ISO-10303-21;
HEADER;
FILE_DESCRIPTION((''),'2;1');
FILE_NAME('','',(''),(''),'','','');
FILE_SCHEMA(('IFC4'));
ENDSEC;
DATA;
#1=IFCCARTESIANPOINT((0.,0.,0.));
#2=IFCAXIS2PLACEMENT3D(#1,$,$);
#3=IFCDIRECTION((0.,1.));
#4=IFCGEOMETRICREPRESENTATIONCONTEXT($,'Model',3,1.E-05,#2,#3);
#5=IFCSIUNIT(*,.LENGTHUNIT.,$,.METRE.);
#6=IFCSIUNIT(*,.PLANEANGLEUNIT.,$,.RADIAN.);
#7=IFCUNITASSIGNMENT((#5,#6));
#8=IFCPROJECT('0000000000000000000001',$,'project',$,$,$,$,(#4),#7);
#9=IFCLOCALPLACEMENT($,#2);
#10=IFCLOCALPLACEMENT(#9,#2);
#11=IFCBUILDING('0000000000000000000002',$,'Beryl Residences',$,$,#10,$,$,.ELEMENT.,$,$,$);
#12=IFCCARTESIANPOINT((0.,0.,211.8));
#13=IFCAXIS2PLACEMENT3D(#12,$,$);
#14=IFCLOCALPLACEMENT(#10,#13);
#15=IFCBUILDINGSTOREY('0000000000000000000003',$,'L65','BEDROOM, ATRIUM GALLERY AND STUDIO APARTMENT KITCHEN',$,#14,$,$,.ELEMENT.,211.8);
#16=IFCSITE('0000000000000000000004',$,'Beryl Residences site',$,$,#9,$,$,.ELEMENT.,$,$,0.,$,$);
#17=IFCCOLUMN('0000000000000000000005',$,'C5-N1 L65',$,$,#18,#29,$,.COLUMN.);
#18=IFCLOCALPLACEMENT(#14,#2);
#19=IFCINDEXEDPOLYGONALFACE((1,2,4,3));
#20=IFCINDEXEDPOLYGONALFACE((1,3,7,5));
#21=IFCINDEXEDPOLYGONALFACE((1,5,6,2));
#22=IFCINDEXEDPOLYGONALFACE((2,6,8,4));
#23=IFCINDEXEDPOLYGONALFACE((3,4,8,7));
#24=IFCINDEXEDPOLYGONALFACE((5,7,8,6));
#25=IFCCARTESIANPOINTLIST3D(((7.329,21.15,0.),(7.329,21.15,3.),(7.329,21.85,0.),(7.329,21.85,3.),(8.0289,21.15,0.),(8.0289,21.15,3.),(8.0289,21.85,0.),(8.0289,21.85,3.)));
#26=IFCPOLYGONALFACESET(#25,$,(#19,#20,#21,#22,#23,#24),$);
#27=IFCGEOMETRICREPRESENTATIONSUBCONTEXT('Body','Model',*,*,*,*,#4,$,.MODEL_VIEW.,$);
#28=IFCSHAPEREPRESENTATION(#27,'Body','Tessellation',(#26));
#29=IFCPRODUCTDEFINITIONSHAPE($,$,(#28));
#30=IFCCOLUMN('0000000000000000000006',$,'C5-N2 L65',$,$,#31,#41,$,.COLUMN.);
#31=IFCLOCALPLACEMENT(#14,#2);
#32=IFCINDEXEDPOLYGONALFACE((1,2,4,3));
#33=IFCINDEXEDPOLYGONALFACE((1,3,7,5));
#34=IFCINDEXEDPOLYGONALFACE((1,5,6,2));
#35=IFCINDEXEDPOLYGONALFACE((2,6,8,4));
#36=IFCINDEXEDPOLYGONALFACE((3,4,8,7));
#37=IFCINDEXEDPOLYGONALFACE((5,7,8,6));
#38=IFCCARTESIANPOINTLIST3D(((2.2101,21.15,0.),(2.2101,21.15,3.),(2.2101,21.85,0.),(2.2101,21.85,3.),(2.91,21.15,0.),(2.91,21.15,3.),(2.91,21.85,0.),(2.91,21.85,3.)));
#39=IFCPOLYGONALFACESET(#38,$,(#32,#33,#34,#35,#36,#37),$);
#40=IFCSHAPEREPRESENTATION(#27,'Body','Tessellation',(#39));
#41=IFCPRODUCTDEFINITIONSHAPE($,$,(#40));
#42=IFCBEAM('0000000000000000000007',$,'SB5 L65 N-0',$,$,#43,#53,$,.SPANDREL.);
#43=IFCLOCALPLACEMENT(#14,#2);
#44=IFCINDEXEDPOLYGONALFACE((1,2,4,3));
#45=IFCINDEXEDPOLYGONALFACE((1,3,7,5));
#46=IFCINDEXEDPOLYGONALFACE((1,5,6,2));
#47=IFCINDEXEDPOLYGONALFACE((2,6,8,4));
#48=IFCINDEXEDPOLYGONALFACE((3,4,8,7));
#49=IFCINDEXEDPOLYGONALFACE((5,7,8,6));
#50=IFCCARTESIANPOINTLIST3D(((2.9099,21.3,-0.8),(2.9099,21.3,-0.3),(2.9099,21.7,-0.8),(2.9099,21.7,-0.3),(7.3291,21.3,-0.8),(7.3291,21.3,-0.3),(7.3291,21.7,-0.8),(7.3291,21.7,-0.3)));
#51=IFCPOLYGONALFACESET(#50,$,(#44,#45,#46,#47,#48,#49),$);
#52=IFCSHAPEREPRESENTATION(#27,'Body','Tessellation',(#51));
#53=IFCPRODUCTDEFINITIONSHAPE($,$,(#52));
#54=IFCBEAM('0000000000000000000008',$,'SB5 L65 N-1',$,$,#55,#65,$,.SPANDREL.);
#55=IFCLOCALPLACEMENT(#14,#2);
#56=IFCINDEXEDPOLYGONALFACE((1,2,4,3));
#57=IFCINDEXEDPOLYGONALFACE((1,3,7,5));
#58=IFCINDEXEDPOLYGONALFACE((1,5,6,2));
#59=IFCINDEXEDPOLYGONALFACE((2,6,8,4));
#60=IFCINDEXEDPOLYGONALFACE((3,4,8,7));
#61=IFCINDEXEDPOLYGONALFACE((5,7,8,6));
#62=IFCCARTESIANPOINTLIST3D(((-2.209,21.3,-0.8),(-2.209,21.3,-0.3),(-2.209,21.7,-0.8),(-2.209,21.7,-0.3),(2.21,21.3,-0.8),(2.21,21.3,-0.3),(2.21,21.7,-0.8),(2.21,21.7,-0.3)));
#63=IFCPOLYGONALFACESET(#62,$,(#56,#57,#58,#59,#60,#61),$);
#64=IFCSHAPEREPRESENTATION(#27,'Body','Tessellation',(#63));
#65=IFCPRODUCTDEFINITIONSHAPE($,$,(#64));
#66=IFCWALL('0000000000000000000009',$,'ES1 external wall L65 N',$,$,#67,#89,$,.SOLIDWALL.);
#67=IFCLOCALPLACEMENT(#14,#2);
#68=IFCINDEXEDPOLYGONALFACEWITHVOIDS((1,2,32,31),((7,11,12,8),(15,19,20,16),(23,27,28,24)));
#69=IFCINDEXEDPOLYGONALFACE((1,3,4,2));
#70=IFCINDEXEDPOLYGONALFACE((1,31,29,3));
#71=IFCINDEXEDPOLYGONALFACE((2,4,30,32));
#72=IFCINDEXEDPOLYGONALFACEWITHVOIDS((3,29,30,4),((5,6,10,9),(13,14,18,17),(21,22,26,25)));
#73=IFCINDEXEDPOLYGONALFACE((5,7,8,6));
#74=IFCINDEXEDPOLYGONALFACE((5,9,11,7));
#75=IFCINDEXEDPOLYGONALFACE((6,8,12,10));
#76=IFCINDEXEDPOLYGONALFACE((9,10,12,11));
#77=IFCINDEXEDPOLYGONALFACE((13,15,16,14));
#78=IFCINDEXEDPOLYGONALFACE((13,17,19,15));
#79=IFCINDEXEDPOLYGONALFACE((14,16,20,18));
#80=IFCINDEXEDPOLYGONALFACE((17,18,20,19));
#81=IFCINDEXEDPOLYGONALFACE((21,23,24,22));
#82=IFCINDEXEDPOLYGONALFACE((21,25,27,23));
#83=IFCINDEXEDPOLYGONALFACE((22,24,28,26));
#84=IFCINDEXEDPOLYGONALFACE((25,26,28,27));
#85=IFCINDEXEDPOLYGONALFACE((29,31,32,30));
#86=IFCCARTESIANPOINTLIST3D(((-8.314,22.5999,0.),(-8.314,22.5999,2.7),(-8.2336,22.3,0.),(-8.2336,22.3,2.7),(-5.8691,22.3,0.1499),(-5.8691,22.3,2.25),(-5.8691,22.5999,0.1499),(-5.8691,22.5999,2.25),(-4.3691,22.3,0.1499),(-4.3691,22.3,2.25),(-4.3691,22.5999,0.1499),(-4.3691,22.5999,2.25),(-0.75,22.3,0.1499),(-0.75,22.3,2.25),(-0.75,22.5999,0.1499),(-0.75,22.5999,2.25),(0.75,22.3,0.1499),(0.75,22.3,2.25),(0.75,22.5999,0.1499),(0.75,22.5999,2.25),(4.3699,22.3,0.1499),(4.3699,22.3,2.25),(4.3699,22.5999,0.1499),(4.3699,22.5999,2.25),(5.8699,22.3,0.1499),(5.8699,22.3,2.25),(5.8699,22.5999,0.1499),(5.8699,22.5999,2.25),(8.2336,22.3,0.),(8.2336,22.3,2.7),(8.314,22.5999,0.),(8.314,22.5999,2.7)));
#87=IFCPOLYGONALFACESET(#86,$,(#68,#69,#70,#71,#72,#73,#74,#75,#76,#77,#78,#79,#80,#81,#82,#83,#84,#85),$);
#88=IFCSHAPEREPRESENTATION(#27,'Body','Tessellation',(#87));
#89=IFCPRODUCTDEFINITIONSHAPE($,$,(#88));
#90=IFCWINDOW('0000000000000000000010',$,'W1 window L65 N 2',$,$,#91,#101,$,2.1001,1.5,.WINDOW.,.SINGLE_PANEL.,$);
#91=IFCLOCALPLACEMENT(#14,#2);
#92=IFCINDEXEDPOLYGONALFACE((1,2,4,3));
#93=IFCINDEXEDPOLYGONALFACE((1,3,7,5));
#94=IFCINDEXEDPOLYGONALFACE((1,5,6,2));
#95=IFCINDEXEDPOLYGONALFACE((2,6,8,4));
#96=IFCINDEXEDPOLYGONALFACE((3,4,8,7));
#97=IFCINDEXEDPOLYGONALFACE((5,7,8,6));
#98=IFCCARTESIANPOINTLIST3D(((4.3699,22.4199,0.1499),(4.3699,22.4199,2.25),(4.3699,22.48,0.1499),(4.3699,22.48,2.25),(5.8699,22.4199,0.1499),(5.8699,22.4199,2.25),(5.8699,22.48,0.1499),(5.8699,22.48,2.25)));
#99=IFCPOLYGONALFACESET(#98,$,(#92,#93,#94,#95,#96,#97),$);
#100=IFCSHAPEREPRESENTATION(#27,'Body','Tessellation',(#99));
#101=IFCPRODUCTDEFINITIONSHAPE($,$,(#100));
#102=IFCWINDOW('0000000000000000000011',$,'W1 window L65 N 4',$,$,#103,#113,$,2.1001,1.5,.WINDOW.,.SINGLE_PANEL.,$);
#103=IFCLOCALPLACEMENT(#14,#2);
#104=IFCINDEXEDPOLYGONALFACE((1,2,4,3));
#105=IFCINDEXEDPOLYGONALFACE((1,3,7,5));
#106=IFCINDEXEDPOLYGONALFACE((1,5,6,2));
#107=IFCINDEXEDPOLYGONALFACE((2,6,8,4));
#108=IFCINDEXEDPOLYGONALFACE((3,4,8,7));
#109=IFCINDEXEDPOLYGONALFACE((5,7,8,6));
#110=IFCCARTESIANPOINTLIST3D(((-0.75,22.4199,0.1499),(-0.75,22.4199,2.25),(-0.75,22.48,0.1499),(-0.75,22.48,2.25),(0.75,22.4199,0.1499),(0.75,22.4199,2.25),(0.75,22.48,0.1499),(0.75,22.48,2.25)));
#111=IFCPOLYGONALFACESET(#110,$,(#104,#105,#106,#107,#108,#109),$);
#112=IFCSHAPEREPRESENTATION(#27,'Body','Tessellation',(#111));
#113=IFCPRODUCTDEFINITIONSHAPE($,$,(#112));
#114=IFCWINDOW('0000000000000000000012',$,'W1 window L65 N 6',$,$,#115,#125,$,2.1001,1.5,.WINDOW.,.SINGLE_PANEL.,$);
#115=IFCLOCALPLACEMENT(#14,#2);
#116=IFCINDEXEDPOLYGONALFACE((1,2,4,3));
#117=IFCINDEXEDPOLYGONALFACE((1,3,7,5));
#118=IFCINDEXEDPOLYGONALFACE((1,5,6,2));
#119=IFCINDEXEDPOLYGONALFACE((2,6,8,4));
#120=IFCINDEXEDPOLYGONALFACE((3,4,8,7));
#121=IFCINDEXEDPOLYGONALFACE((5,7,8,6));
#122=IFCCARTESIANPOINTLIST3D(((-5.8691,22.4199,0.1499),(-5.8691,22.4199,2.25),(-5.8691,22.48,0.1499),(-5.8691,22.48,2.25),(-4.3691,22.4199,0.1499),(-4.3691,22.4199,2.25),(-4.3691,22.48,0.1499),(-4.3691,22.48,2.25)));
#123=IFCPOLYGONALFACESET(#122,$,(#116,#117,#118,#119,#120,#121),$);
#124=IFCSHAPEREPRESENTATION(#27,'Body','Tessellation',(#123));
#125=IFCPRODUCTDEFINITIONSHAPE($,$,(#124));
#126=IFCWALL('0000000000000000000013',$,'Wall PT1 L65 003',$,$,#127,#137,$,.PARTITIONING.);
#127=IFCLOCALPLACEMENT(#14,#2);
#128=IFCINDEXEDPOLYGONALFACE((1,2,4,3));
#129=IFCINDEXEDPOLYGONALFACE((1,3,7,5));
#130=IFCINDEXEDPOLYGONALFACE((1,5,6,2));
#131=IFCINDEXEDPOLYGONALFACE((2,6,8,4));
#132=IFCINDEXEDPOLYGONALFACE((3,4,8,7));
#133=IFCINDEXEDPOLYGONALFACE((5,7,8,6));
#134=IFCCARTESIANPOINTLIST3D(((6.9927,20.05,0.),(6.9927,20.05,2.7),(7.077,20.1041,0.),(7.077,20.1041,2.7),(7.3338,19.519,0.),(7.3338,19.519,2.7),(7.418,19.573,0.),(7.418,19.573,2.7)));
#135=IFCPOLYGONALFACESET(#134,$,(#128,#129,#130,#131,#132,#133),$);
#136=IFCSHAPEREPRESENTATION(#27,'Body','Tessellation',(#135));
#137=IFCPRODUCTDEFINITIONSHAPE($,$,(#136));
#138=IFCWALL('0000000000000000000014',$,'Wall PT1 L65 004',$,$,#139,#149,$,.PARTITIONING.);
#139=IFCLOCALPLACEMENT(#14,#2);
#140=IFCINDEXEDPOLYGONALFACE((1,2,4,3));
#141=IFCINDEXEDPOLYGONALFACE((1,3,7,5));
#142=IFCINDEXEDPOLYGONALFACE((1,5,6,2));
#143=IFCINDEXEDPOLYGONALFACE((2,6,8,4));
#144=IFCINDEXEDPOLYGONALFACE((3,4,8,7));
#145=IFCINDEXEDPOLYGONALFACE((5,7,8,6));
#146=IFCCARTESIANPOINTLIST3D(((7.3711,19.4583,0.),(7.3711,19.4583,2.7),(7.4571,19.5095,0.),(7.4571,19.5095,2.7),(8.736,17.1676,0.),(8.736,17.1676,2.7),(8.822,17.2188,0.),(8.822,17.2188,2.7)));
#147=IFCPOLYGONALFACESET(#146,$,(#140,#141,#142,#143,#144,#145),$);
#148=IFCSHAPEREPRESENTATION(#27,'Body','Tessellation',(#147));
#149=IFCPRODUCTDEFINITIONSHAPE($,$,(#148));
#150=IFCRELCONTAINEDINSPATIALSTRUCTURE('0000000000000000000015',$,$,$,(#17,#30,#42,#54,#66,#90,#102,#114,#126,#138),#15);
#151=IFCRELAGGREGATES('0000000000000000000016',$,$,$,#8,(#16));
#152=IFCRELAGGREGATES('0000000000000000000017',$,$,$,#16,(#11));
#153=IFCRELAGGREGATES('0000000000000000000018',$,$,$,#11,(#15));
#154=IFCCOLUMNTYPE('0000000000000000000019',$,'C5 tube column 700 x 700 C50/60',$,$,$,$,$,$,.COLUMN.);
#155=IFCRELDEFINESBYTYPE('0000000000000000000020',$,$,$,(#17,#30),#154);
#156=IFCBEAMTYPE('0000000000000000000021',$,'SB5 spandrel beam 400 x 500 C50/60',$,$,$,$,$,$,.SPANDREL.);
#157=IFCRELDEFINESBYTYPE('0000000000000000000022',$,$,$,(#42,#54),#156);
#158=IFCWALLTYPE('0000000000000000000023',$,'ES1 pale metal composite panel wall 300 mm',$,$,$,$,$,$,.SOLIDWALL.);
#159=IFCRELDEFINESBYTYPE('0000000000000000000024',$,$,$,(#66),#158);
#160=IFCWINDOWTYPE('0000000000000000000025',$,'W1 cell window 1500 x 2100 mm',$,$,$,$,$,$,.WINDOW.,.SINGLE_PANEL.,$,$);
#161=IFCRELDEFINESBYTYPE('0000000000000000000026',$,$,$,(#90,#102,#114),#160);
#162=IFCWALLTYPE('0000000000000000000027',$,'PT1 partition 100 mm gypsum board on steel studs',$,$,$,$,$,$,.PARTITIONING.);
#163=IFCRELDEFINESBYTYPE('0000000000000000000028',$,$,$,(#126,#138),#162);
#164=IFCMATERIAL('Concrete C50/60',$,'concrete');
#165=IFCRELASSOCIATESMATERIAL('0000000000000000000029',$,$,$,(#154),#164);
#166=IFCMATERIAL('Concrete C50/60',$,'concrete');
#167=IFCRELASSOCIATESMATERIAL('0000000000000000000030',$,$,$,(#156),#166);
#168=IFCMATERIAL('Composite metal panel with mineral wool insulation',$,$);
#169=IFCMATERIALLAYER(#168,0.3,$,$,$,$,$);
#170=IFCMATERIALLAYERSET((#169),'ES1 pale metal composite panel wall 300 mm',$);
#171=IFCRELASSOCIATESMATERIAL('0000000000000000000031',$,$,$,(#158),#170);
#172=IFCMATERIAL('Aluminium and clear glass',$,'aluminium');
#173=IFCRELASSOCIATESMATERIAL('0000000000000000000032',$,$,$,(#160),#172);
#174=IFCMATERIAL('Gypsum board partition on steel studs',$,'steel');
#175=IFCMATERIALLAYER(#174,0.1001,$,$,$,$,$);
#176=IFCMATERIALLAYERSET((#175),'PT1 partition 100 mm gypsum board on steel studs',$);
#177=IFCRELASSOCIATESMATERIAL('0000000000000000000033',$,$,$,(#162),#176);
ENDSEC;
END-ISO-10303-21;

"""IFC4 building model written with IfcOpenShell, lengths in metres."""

from ifc_helpers import new_model, si_unit, direction, frame, frame_2d, origin, origin_2d, place, context, subcontext, project, spatial, polyline, rectangle, outline, extrude, material, layer, layer_set, material_profile, profile_set, type_object, element, fill, save


model = new_model("IFC4")

# Units and contexts
model_context = context("Model", 3, precision=1e-05, world=origin(), true_north=direction((0.0, 1.0)))
body_context = subcontext(model_context, "Body", "Model", "MODEL_VIEW")
ifc_project = project(units=[si_unit("LENGTHUNIT", "METRE"), si_unit("PLANEANGLEUNIT", "RADIAN")], contexts=[model_context])

# Site, building, storey
site_placement = place(None, origin())
site = spatial("IfcSite", under=ifc_project, at=site_placement, Name="Beryl Residences site", CompositionType="ELEMENT", RefElevation=0.0)
building_placement = place(site_placement, origin())
building = spatial("IfcBuilding", under=site, at=building_placement, Name="Beryl Residences", CompositionType="ELEMENT")
storey_placement = place(building_placement, frame((0.0, 0.0, 211.8)))
storey = spatial("IfcBuildingStorey", under=building, at=storey_placement, Name="L65", Description="BEDROOM, ATRIUM GALLERY AND STUDIO APARTMENT KITCHEN", CompositionType="ELEMENT", Elevation=211.8)

# Columns
ifc_material_1 = material(Name="Concrete C50/60", Category="concrete")
ifc_material_profile_1 = material_profile(ifc_material_1, rectangle(XDim=0.7, YDim=0.7, at=origin_2d()))
ifc_profile_set_1 = profile_set([ifc_material_profile_1], Name="Concrete C50/60")
column_type = type_object("IfcColumnType", Name="C5 tube column 700 x 700 C50/60", PredefinedType="COLUMN", material=ifc_profile_set_1)
for number, where, z_axis, x_axis, name in (
    (1, (7.679, 21.5, 0.0), (0.0, 0.0, 1.0), (-1.0, 0.0, 0.0), "C5-N1 L65"),
    (2, (2.5601, 21.5, 0.0), (0.0, 0.0, 1.0), (-1.0, 0.0, 0.0), "C5-N2 L65"),
):
    element("IfcColumn", number, at=place(storey_placement, frame(where, z_axis=z_axis, x_axis=x_axis)), inside=storey, type_object=column_type, Name=name, PredefinedType="COLUMN", context=body_context, shape_type="SweptSolid", body=[
        extrude(rectangle(XDim=0.7, YDim=0.7, at=origin_2d()), origin(), (0.0, 0.0, 1.0), 3.0),
    ])

# Beams
ifc_material_2 = material(Name="Concrete C50/60", Category="concrete")
ifc_material_profile_2 = material_profile(ifc_material_2, rectangle(XDim=0.3999, YDim=0.5, at=origin_2d()))
ifc_profile_set_2 = profile_set([ifc_material_profile_2], Name="Concrete C50/60")
beam_type = type_object("IfcBeamType", Name="SB5 spandrel beam 400 x 500 C50/60", PredefinedType="SPANDREL", material=ifc_profile_set_2)
beam_1_placement = place(storey_placement, frame((7.3291, 21.5, -0.55), z_axis=(-1.0, 0.0, 0.0), x_axis=(0.0, -1.0, 0.0)))
element("IfcBeam", 3, at=beam_1_placement, inside=storey, type_object=beam_type, Name="SB5 L65 N-0", PredefinedType="SPANDREL", context=body_context, shape_type="SweptSolid", body=[
    extrude(rectangle(XDim=0.3999, YDim=0.5, at=origin_2d()), origin(), (0.0, 0.0, 1.0), 4.4192),
])
beam_2_placement = place(storey_placement, frame((2.21, 21.5, -0.55), z_axis=(-1.0, 0.0, 0.0), x_axis=(0.0, -1.0, 0.0)))
element("IfcBeam", 4, at=beam_2_placement, inside=storey, type_object=beam_type, Name="SB5 L65 N-1", PredefinedType="SPANDREL", context=body_context, shape_type="SweptSolid", body=[
    extrude(rectangle(XDim=0.3999, YDim=0.5, at=origin_2d()), origin(), (0.0, 0.0, 1.0), 4.4189),
])

# Wall, openings, windows
ifc_material_3 = material(Name="Composite metal panel with mineral wool insulation")
ifc_layer_1 = layer(ifc_material_3, 0.3)
ifc_layer_set_1 = layer_set([ifc_layer_1], Name="ES1 pale metal composite panel wall 300 mm")
wall_type_1 = type_object("IfcWallType", Name="ES1 pale metal composite panel wall 300 mm", PredefinedType="SOLIDWALL", material=ifc_layer_set_1)
wall_1_placement = place(storey_placement, frame((8.314, 22.45, 0.0), z_axis=(0.0, 0.0, 1.0), x_axis=(-1.0, 0.0, 0.0)))
wall_1 = element("IfcWall", 5, at=wall_1_placement, inside=storey, type_object=wall_type_1, Name="ES1 external wall L65 N", PredefinedType="SOLIDWALL", context=body_context, shape_type="SweptSolid", body=[
    extrude(outline(polyline([(0.0, -0.1499), (16.6279, -0.1499), (16.5476, 0.1499), (0.0803, 0.1499), (0.0, -0.1499)])), origin(), (0.0, 0.0, 1.0), 2.7),
])
opening_1_placement = place(wall_1_placement, frame((2.4441, 0.0, 0.1499)))
opening_1 = element("IfcOpeningElement", 6, at=opening_1_placement, cuts=wall_1, PredefinedType="OPENING", context=body_context, shape_type="SweptSolid", body=[
    extrude(rectangle(XDim=1.5, YDim=2.1001, at=frame_2d((0.75, 1.05))), frame((0.0, 0.1599, 0.0), z_axis=(0.0, -1.0, 0.0), x_axis=(1.0, 0.0, 0.0)), (0.0, 0.0, 1.0), 0.3201),
])
opening_2_placement = place(wall_1_placement, frame((7.564, 0.0, 0.1499)))
opening_2 = element("IfcOpeningElement", 7, at=opening_2_placement, cuts=wall_1, PredefinedType="OPENING", context=body_context, shape_type="SweptSolid", body=[
    extrude(rectangle(XDim=1.5, YDim=2.1001, at=frame_2d((0.75, 1.05))), frame((0.0, 0.1599, 0.0), z_axis=(0.0, -1.0, 0.0), x_axis=(1.0, 0.0, 0.0)), (0.0, 0.0, 1.0), 0.3201),
])
opening_3_placement = place(wall_1_placement, frame((12.6831, 0.0, 0.1499)))
opening_3 = element("IfcOpeningElement", 8, at=opening_3_placement, cuts=wall_1, PredefinedType="OPENING", context=body_context, shape_type="SweptSolid", body=[
    extrude(rectangle(XDim=1.5, YDim=2.1001, at=frame_2d((0.75, 1.05))), frame((0.0, 0.1599, 0.0), z_axis=(0.0, -1.0, 0.0), x_axis=(1.0, 0.0, 0.0)), (0.0, 0.0, 1.0), 0.3201),
])
ifc_material_4 = material(Name="Aluminium and clear glass", Category="aluminium")
window_type = type_object("IfcWindowType", Name="W1 cell window 1500 x 2100 mm", PartitioningType="SINGLE_PANEL", PredefinedType="WINDOW", material=ifc_material_4)
window_1_placement = place(opening_1_placement, origin())
window_1 = element("IfcWindow", 9, at=window_1_placement, inside=storey, type_object=window_type, Name="W1 window L65 N 2", OverallHeight=2.1001, OverallWidth=1.5, PartitioningType="SINGLE_PANEL", PredefinedType="WINDOW", context=body_context, shape_type="SweptSolid", body=[
    extrude(rectangle(XDim=1.5, YDim=2.1001, at=frame_2d((0.75, 1.05))), frame((0.0, 0.03, 0.0), z_axis=(0.0, -1.0, 0.0), x_axis=(1.0, 0.0, 0.0)), (0.0, 0.0, 1.0), 0.0601),
])
fill(opening_1, window_1)
window_2_placement = place(opening_2_placement, origin())
window_2 = element("IfcWindow", 10, at=window_2_placement, inside=storey, type_object=window_type, Name="W1 window L65 N 4", OverallHeight=2.1001, OverallWidth=1.5, PartitioningType="SINGLE_PANEL", PredefinedType="WINDOW", context=body_context, shape_type="SweptSolid", body=[
    extrude(rectangle(XDim=1.5, YDim=2.1001, at=frame_2d((0.75, 1.05))), frame((0.0, 0.03, 0.0), z_axis=(0.0, -1.0, 0.0), x_axis=(1.0, 0.0, 0.0)), (0.0, 0.0, 1.0), 0.0601),
])
fill(opening_2, window_2)
window_3_placement = place(opening_3_placement, origin())
window_3 = element("IfcWindow", 11, at=window_3_placement, inside=storey, type_object=window_type, Name="W1 window L65 N 6", OverallHeight=2.1001, OverallWidth=1.5, PartitioningType="SINGLE_PANEL", PredefinedType="WINDOW", context=body_context, shape_type="SweptSolid", body=[
    extrude(rectangle(XDim=1.5, YDim=2.1001, at=frame_2d((0.75, 1.05))), frame((0.0, 0.03, 0.0), z_axis=(0.0, -1.0, 0.0), x_axis=(1.0, 0.0, 0.0)), (0.0, 0.0, 1.0), 0.0601),
])
fill(opening_3, window_3)

# Walls
ifc_material_5 = material(Name="Gypsum board partition on steel studs", Category="steel")
ifc_layer_2 = layer(ifc_material_5, 0.1001)
ifc_layer_set_2 = layer_set([ifc_layer_2], Name="PT1 partition 100 mm gypsum board on steel studs")
wall_type_2 = type_object("IfcWallType", Name="PT1 partition 100 mm gypsum board on steel studs", PredefinedType="PARTITIONING", material=ifc_layer_set_2)
wall_2_placement = place(storey_placement, frame((7.0349, 20.0769, 0.0), z_axis=(0.0, 0.0, 1.0), x_axis=(0.540425, -0.841392, 0.0)))
element("IfcWall", 12, at=wall_2_placement, inside=storey, type_object=wall_type_2, Name="Wall PT1 L65 003", PredefinedType="PARTITIONING", context=body_context, shape_type="SweptSolid", body=[
    extrude(rectangle(XDim=0.6311, YDim=0.1001, at=frame_2d((0.3154, 0.0))), origin(), (0.0, 0.0, 1.0), 2.7),
])
wall_3_placement = place(storey_placement, frame((7.4141, 19.4839, 0.0), z_axis=(0.0, 0.0, 1.0), x_axis=(0.511881, -0.859056, 0.0)))
element("IfcWall", 13, at=wall_3_placement, inside=storey, type_object=wall_type_2, Name="Wall PT1 L65 004", PredefinedType="PARTITIONING", context=body_context, shape_type="SweptSolid", body=[
    extrude(rectangle(XDim=2.6665, YDim=0.1001, at=frame_2d((1.3333, 0.0))), origin(), (0.0, 0.0, 1.0), 2.7),
])

save(model, "model.ifc")
